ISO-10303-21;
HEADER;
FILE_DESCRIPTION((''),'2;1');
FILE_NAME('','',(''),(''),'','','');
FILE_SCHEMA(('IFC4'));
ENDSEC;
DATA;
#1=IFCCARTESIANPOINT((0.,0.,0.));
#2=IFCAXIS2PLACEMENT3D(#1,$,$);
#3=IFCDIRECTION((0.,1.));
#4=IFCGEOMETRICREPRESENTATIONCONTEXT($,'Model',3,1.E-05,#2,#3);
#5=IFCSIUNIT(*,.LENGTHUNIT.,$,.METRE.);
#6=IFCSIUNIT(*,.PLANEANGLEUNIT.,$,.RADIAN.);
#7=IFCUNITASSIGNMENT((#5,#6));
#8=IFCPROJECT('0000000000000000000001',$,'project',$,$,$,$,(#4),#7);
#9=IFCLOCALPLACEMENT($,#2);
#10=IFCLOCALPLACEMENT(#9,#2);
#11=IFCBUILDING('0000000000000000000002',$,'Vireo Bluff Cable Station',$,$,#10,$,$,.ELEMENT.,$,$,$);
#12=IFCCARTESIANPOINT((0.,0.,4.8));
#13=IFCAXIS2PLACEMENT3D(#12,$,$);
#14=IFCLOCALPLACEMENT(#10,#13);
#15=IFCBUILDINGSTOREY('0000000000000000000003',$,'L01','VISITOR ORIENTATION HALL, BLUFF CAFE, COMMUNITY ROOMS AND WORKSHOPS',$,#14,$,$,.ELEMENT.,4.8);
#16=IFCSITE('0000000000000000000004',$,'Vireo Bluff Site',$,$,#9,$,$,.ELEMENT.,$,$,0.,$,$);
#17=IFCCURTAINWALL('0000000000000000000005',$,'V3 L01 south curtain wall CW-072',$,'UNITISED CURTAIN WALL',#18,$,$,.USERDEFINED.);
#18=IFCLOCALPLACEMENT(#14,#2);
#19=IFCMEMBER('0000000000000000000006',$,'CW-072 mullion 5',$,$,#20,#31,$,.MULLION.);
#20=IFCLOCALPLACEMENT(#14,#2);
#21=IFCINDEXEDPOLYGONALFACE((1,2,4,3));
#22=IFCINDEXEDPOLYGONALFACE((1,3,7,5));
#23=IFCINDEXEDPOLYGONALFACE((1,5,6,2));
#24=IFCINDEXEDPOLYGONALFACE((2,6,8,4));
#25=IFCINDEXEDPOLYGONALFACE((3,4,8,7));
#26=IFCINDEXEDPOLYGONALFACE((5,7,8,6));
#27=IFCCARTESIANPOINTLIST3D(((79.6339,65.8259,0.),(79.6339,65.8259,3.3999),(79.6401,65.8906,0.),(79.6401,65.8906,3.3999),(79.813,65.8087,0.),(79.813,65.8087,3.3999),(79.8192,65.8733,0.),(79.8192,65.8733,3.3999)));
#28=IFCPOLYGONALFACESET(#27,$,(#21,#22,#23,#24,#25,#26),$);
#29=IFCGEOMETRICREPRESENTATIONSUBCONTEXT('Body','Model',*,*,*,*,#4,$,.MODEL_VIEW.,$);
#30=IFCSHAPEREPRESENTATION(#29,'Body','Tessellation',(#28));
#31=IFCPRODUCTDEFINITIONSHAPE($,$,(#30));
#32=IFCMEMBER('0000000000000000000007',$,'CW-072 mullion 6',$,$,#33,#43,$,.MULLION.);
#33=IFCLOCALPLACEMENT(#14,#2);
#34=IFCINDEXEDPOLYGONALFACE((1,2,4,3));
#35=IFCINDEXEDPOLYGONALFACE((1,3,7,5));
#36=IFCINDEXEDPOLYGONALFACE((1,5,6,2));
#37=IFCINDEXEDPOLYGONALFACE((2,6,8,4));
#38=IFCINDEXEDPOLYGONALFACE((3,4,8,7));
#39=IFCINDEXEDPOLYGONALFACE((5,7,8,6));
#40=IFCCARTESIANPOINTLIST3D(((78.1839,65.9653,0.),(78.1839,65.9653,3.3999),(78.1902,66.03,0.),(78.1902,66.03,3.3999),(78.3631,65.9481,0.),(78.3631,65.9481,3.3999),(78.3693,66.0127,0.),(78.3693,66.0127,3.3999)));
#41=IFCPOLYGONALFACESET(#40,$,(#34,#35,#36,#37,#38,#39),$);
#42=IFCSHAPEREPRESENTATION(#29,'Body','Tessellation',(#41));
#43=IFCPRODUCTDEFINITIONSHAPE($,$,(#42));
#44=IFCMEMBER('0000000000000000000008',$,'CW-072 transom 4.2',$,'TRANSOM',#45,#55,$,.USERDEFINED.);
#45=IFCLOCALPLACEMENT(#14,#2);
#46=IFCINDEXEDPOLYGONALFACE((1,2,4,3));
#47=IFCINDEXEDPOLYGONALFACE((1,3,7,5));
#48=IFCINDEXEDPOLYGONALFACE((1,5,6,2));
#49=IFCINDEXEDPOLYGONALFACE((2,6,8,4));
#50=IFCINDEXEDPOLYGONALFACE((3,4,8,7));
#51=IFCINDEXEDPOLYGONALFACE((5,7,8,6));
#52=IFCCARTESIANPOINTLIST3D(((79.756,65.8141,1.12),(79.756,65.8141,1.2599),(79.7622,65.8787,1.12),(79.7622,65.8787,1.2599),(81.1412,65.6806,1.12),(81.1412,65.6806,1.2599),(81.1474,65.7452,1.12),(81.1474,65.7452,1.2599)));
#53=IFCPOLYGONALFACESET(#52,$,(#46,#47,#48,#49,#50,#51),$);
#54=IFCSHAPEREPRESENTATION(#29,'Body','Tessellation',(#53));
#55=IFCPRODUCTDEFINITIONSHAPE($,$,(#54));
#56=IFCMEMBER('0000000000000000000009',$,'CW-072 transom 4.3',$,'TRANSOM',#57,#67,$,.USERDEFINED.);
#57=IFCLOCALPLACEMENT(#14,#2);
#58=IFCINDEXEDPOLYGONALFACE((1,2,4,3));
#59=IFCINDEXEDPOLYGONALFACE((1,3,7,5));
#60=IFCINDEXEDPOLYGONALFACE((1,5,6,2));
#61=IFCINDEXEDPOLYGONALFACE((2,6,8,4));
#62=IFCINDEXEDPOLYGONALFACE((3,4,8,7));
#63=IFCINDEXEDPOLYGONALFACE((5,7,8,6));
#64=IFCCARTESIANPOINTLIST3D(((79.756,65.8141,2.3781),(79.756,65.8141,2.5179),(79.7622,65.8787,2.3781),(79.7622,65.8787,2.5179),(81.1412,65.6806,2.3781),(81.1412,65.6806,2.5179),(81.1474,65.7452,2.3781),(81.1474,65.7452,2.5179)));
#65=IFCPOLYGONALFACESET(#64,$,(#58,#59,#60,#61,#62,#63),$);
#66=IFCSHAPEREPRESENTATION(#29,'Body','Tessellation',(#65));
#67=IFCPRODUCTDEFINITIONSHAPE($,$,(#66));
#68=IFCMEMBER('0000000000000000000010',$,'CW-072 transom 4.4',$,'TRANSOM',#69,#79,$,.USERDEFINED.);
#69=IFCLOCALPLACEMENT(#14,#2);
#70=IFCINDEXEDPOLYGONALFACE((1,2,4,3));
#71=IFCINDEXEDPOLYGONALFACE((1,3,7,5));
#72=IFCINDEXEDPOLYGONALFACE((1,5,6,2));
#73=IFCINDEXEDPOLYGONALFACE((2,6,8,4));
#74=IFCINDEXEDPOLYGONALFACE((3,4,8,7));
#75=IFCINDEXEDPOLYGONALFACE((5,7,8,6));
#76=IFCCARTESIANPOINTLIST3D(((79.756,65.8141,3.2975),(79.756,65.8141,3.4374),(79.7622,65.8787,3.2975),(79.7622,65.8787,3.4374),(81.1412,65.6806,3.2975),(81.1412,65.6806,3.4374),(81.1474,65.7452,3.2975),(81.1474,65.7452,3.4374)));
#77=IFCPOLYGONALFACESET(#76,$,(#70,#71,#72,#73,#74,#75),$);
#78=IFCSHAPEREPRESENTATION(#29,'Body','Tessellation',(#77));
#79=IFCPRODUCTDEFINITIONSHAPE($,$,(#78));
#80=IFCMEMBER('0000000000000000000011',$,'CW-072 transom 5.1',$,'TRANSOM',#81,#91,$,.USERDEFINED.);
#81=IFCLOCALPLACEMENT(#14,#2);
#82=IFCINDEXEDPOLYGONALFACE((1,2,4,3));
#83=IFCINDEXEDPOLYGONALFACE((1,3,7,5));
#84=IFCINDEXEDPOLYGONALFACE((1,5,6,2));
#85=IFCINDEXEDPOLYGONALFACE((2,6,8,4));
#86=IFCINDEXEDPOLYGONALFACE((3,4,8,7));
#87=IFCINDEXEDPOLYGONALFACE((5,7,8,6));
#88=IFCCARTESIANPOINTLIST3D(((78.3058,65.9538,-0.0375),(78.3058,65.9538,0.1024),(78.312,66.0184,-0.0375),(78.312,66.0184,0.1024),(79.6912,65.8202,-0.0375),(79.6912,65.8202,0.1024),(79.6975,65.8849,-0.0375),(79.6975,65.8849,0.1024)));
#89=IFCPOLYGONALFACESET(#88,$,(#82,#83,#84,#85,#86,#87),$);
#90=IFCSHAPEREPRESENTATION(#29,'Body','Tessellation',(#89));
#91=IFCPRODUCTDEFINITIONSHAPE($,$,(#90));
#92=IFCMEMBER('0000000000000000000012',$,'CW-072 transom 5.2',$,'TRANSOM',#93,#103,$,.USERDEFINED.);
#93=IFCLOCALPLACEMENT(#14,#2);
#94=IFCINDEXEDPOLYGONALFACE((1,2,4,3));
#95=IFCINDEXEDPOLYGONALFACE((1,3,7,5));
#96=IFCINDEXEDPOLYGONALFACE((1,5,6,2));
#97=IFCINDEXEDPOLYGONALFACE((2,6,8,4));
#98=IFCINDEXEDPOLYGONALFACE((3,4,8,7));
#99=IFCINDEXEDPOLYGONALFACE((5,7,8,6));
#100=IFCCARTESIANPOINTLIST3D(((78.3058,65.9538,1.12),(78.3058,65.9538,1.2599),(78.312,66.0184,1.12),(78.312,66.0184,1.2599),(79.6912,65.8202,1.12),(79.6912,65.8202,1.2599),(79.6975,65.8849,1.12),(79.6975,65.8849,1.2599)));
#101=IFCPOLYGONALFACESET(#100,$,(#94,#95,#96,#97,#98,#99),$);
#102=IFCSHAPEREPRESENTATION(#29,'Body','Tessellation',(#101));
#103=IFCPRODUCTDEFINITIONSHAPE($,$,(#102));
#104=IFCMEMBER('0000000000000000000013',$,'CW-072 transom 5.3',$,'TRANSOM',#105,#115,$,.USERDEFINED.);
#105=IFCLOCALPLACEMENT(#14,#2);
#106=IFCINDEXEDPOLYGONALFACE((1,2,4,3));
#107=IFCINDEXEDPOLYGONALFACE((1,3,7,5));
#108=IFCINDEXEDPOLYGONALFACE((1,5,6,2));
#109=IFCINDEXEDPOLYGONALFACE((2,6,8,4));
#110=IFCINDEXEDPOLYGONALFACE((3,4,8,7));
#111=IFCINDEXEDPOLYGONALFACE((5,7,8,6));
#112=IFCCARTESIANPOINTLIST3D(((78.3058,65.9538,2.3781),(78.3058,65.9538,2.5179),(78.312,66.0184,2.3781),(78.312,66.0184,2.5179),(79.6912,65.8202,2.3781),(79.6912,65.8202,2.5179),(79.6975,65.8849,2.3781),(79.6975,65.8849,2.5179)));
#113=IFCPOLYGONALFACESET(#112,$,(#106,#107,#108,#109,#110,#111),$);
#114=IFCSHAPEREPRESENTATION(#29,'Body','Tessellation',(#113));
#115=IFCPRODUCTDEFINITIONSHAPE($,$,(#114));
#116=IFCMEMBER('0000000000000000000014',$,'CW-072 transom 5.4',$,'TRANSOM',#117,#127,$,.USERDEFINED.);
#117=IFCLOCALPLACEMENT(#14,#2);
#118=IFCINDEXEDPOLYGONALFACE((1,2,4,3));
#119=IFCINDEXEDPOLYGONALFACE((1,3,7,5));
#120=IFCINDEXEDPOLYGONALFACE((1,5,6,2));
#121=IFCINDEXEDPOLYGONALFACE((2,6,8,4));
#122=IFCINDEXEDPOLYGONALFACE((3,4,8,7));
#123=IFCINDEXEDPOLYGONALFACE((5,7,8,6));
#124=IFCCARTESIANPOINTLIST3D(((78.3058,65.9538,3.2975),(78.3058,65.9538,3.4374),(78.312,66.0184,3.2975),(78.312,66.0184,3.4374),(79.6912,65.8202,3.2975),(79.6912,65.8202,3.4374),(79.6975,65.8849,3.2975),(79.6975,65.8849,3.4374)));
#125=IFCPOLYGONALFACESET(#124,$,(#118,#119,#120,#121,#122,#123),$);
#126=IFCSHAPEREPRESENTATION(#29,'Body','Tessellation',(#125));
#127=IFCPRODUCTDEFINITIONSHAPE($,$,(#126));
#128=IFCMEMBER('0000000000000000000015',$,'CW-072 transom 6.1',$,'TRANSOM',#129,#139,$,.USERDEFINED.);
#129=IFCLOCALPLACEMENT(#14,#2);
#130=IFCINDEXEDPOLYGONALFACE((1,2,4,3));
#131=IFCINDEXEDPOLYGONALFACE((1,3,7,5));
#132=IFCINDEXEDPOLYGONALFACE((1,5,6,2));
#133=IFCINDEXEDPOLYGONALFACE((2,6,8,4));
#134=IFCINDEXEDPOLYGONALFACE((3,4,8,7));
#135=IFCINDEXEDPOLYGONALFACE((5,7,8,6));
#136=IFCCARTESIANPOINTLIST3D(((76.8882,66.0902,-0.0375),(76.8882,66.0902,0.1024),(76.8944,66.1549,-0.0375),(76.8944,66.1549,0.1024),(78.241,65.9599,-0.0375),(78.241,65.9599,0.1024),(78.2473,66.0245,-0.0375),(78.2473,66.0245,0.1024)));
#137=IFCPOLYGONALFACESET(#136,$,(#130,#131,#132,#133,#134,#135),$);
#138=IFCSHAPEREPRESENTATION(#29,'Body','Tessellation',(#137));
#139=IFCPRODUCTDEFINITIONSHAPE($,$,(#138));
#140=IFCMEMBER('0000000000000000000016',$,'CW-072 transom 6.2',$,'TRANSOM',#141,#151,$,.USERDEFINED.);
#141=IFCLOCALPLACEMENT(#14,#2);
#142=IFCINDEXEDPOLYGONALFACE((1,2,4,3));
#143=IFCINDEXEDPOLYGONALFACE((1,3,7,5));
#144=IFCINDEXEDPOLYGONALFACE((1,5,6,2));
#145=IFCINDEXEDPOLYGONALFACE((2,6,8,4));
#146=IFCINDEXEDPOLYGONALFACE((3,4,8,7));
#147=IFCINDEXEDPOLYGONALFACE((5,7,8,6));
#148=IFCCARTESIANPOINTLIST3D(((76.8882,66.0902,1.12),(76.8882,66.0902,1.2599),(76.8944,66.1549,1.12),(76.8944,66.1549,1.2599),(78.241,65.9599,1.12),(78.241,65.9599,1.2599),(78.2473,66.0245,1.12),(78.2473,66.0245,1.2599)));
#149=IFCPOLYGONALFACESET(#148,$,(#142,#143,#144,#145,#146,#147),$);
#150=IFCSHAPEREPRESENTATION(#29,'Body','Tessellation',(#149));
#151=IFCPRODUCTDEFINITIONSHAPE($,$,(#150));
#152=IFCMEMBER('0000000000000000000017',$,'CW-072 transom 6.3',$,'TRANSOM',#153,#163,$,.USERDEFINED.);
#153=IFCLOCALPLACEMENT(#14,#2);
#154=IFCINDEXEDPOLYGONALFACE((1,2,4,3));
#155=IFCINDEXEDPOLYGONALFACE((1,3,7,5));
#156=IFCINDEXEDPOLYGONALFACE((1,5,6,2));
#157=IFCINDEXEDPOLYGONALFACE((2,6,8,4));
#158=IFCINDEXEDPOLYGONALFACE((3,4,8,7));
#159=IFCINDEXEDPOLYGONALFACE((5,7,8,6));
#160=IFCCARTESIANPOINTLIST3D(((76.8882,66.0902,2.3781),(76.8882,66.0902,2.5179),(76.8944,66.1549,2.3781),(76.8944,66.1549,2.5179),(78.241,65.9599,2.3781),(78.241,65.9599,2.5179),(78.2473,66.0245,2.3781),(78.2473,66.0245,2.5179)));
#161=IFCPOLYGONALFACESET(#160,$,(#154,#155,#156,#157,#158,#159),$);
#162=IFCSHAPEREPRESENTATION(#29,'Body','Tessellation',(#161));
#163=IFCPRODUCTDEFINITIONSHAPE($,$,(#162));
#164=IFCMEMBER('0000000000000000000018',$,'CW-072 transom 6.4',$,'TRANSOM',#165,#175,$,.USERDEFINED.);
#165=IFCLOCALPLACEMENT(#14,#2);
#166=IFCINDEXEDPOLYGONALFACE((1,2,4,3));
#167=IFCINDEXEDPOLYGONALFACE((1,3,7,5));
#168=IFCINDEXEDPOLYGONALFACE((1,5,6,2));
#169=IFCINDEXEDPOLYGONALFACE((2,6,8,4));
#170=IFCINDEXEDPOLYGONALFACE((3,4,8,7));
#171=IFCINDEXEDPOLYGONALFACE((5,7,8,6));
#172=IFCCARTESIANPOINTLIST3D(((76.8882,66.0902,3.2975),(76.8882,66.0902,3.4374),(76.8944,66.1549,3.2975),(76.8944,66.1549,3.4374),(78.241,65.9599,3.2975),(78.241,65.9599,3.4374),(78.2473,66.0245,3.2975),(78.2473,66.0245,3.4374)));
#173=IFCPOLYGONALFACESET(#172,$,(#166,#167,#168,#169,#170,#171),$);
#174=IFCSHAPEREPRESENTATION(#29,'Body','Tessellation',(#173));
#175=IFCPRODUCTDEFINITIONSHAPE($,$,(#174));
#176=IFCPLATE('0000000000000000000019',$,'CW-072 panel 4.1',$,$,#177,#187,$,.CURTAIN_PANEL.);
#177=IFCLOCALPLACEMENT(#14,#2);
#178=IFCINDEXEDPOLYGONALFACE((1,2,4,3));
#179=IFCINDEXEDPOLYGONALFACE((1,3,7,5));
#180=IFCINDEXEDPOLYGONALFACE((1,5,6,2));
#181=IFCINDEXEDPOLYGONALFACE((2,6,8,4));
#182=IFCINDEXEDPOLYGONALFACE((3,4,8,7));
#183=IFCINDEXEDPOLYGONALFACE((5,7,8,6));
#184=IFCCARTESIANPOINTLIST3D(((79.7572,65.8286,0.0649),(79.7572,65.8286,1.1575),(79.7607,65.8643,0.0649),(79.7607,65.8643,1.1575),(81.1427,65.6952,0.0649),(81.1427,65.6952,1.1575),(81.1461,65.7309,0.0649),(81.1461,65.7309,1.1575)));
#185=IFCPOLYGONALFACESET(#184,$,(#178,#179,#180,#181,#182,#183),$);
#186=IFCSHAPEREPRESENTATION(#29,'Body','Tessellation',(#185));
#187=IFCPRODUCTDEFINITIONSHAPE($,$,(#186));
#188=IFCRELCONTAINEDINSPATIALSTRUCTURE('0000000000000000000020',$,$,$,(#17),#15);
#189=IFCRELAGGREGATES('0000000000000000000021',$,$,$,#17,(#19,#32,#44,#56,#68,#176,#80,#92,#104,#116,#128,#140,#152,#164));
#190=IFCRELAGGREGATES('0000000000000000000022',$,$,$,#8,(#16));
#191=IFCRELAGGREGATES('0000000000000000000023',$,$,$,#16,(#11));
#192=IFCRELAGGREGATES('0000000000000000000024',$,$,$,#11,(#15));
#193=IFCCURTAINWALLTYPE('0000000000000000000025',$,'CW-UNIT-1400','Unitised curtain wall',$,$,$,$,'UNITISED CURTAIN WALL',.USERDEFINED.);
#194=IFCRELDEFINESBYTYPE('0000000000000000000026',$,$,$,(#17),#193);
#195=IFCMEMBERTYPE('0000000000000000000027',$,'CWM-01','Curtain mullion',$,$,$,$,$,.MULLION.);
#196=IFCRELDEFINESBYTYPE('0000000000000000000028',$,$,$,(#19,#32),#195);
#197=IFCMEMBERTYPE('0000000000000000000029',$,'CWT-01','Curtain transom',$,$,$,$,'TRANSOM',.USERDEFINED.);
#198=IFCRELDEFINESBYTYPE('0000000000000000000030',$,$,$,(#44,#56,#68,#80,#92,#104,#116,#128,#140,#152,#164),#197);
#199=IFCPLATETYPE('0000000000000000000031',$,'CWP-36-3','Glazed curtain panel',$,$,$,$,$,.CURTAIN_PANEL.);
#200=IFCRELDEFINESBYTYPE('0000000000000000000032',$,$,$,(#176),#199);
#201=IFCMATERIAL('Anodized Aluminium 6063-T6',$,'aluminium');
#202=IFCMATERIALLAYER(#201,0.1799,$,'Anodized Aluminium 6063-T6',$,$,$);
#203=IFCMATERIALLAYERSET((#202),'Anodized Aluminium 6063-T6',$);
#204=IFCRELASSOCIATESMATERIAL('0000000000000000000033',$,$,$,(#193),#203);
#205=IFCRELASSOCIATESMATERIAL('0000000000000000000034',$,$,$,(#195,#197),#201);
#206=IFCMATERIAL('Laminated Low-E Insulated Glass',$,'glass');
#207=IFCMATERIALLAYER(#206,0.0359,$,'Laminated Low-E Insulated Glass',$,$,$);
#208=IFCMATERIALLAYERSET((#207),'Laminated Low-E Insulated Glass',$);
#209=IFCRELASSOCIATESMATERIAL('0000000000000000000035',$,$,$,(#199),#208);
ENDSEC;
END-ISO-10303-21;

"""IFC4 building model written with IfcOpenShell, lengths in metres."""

from ifc_helpers import new_model, si_unit, direction, frame, origin, origin_2d, place, context, subcontext, project, spatial, rectangle, extrude, material, layer, layer_set, material_profile, profile_set, type_object, element, aggregate, save


model = new_model("IFC4")

# Units and contexts
model_context = context("Model", 3, precision=1e-05, world=origin(), true_north=direction((0.0, 1.0)))
body_context = subcontext(model_context, "Body", "Model", "MODEL_VIEW")
ifc_project = project(units=[si_unit("LENGTHUNIT", "METRE"), si_unit("PLANEANGLEUNIT", "RADIAN")], contexts=[model_context])

# Site, building, storey
site_placement = place(None, origin())
site = spatial("IfcSite", under=ifc_project, at=site_placement, Name="Vireo Bluff Site", CompositionType="ELEMENT", RefElevation=0.0)
building_placement = place(site_placement, origin())
building = spatial("IfcBuilding", under=site, at=building_placement, Name="Vireo Bluff Cable Station", CompositionType="ELEMENT")
storey_placement = place(building_placement, frame((0.0, 0.0, 4.8)))
storey = spatial("IfcBuildingStorey", under=building, at=storey_placement, Name="L01", Description="VISITOR ORIENTATION HALL, BLUFF CAFE, COMMUNITY ROOMS AND WORKSHOPS", CompositionType="ELEMENT", Elevation=4.8)

# Curtain wall, members, plate
ifc_material_1 = material(Name="Anodized Aluminium 6063-T6", Category="aluminium")
ifc_layer_1 = layer(ifc_material_1, 0.1799, Name="Anodized Aluminium 6063-T6")
ifc_layer_set_1 = layer_set([ifc_layer_1], Name="Anodized Aluminium 6063-T6")
curtain_wall_type = type_object("IfcCurtainWallType", Name="CW-UNIT-1400", Description="Unitised curtain wall", ElementType="UNITISED CURTAIN WALL", PredefinedType="USERDEFINED", material=ifc_layer_set_1)
curtain_wall_placement = place(storey_placement, origin())
curtain_wall = element("IfcCurtainWall", 1, at=curtain_wall_placement, inside=storey, type_object=curtain_wall_type, Name="V3 L01 south curtain wall CW-072", ObjectType="UNITISED CURTAIN WALL", PredefinedType="USERDEFINED")
ifc_material_profile_1 = material_profile(ifc_material_1, rectangle(XDim=0.0649, YDim=0.1799, at=origin_2d()), Name="ALU-M-65X180")
ifc_profile_set_1 = profile_set([ifc_material_profile_1], Name="Anodized Aluminium 6063-T6")
member_type_1 = type_object("IfcMemberType", Name="CWM-01", Description="Curtain mullion", PredefinedType="MULLION", material=ifc_profile_set_1)
member_1_placement = place(storey_placement, frame((79.7266, 65.8496, 0.0), z_axis=(0.0, 0.0, 1.0), x_axis=(-0.095846, -0.995396, 0.0)))
member_1 = element("IfcMember", 2, at=member_1_placement, type_object=member_type_1, Name="CW-072 mullion 5", PredefinedType="MULLION", context=body_context, shape_type="SweptSolid", body=[
    extrude(rectangle(XDim=0.0649, YDim=0.1799, at=origin_2d()), origin(), (0.0, 0.0, 1.0), 3.3999),
])
member_2_placement = place(storey_placement, frame((78.2766, 65.989, 0.0), z_axis=(0.0, 0.0, 1.0), x_axis=(-0.095846, -0.995396, 0.0)))
member_2 = element("IfcMember", 3, at=member_2_placement, type_object=member_type_1, Name="CW-072 mullion 6", PredefinedType="MULLION", context=body_context, shape_type="SweptSolid", body=[
    extrude(rectangle(XDim=0.0649, YDim=0.1799, at=origin_2d()), origin(), (0.0, 0.0, 1.0), 3.3999),
])
ifc_material_profile_2 = material_profile(ifc_material_1, rectangle(XDim=0.0649, YDim=0.1399, at=origin_2d()), Name="ALU-T-65X140")
ifc_profile_set_2 = profile_set([ifc_material_profile_2], Name="Anodized Aluminium 6063-T6")
member_type_2 = type_object("IfcMemberType", Name="CWT-01", Description="Curtain transom", ElementType="TRANSOM", PredefinedType="USERDEFINED", material=ifc_profile_set_2)
member_3_placement = place(storey_placement, frame((81.1443, 65.7129, 1.1899), z_axis=(-0.995385, 0.09596, 0.0), x_axis=(-0.09596, -0.995385, 0.0)))
member_3 = element("IfcMember", 4, at=member_3_placement, type_object=member_type_2, Name="CW-072 transom 4.2", ObjectType="TRANSOM", PredefinedType="USERDEFINED", context=body_context, shape_type="SweptSolid", body=[
    extrude(rectangle(XDim=0.0649, YDim=0.1399, at=origin_2d()), origin(), (0.0, 0.0, 1.0), 1.3916),
])
member_4_placement = place(storey_placement, frame((81.1443, 65.7129, 2.448), z_axis=(-0.995385, 0.09596, 0.0), x_axis=(-0.09596, -0.995385, 0.0)))
member_4 = element("IfcMember", 5, at=member_4_placement, type_object=member_type_2, Name="CW-072 transom 4.3", ObjectType="TRANSOM", PredefinedType="USERDEFINED", context=body_context, shape_type="SweptSolid", body=[
    extrude(rectangle(XDim=0.0649, YDim=0.1399, at=origin_2d()), origin(), (0.0, 0.0, 1.0), 1.3916),
])
member_5_placement = place(storey_placement, frame((81.1443, 65.7129, 3.3674), z_axis=(-0.995385, 0.09596, 0.0), x_axis=(-0.09596, -0.995385, 0.0)))
member_5 = element("IfcMember", 6, at=member_5_placement, type_object=member_type_2, Name="CW-072 transom 4.4", ObjectType="TRANSOM", PredefinedType="USERDEFINED", context=body_context, shape_type="SweptSolid", body=[
    extrude(rectangle(XDim=0.0649, YDim=0.1399, at=origin_2d()), origin(), (0.0, 0.0, 1.0), 1.3916),
])
member_6_placement = place(storey_placement, frame((79.6943, 65.8525, 0.0325), z_axis=(-0.995387, 0.095943, 0.0), x_axis=(-0.095943, -0.995387, 0.0)))
member_6 = element("IfcMember", 7, at=member_6_placement, type_object=member_type_2, Name="CW-072 transom 5.1", ObjectType="TRANSOM", PredefinedType="USERDEFINED", context=body_context, shape_type="SweptSolid", body=[
    extrude(rectangle(XDim=0.0649, YDim=0.1399, at=origin_2d()), origin(), (0.0, 0.0, 1.0), 1.3918),
])
member_7_placement = place(storey_placement, frame((79.6943, 65.8525, 1.1899), z_axis=(-0.995387, 0.095943, 0.0), x_axis=(-0.095943, -0.995387, 0.0)))
member_7 = element("IfcMember", 8, at=member_7_placement, type_object=member_type_2, Name="CW-072 transom 5.2", ObjectType="TRANSOM", PredefinedType="USERDEFINED", context=body_context, shape_type="SweptSolid", body=[
    extrude(rectangle(XDim=0.0649, YDim=0.1399, at=origin_2d()), origin(), (0.0, 0.0, 1.0), 1.3918),
])
member_8_placement = place(storey_placement, frame((79.6943, 65.8525, 2.448), z_axis=(-0.995387, 0.095943, 0.0), x_axis=(-0.095943, -0.995387, 0.0)))
member_8 = element("IfcMember", 9, at=member_8_placement, type_object=member_type_2, Name="CW-072 transom 5.3", ObjectType="TRANSOM", PredefinedType="USERDEFINED", context=body_context, shape_type="SweptSolid", body=[
    extrude(rectangle(XDim=0.0649, YDim=0.1399, at=origin_2d()), origin(), (0.0, 0.0, 1.0), 1.3918),
])
member_9_placement = place(storey_placement, frame((79.6943, 65.8525, 3.3674), z_axis=(-0.995387, 0.095943, 0.0), x_axis=(-0.095943, -0.995387, 0.0)))
member_9 = element("IfcMember", 10, at=member_9_placement, type_object=member_type_2, Name="CW-072 transom 5.4", ObjectType="TRANSOM", PredefinedType="USERDEFINED", context=body_context, shape_type="SweptSolid", body=[
    extrude(rectangle(XDim=0.0649, YDim=0.1399, at=origin_2d()), origin(), (0.0, 0.0, 1.0), 1.3918),
])
member_10_placement = place(storey_placement, frame((78.2441, 65.9922, 0.0325), z_axis=(-0.995388, 0.095928, 0.0), x_axis=(-0.095928, -0.995388, 0.0)))
member_10 = element("IfcMember", 11, at=member_10_placement, type_object=member_type_2, Name="CW-072 transom 6.1", ObjectType="TRANSOM", PredefinedType="USERDEFINED", context=body_context, shape_type="SweptSolid", body=[
    extrude(rectangle(XDim=0.0649, YDim=0.1399, at=origin_2d()), origin(), (0.0, 0.0, 1.0), 1.3591),
])
member_11_placement = place(storey_placement, frame((78.2441, 65.9922, 1.1899), z_axis=(-0.995388, 0.095928, 0.0), x_axis=(-0.095928, -0.995388, 0.0)))
member_11 = element("IfcMember", 12, at=member_11_placement, type_object=member_type_2, Name="CW-072 transom 6.2", ObjectType="TRANSOM", PredefinedType="USERDEFINED", context=body_context, shape_type="SweptSolid", body=[
    extrude(rectangle(XDim=0.0649, YDim=0.1399, at=origin_2d()), origin(), (0.0, 0.0, 1.0), 1.3591),
])
member_12_placement = place(storey_placement, frame((78.2441, 65.9922, 2.448), z_axis=(-0.995388, 0.095928, 0.0), x_axis=(-0.095928, -0.995388, 0.0)))
member_12 = element("IfcMember", 13, at=member_12_placement, type_object=member_type_2, Name="CW-072 transom 6.3", ObjectType="TRANSOM", PredefinedType="USERDEFINED", context=body_context, shape_type="SweptSolid", body=[
    extrude(rectangle(XDim=0.0649, YDim=0.1399, at=origin_2d()), origin(), (0.0, 0.0, 1.0), 1.3591),
])
member_13_placement = place(storey_placement, frame((78.2441, 65.9922, 3.3674), z_axis=(-0.995388, 0.095928, 0.0), x_axis=(-0.095928, -0.995388, 0.0)))
member_13 = element("IfcMember", 14, at=member_13_placement, type_object=member_type_2, Name="CW-072 transom 6.4", ObjectType="TRANSOM", PredefinedType="USERDEFINED", context=body_context, shape_type="SweptSolid", body=[
    extrude(rectangle(XDim=0.0649, YDim=0.1399, at=origin_2d()), origin(), (0.0, 0.0, 1.0), 1.3591),
])
ifc_material_2 = material(Name="Laminated Low-E Insulated Glass", Category="glass")
ifc_layer_2 = layer(ifc_material_2, 0.0359, Name="Laminated Low-E Insulated Glass")
ifc_layer_set_2 = layer_set([ifc_layer_2], Name="Laminated Low-E Insulated Glass")
plate_type = type_object("IfcPlateType", Name="CWP-36-3", Description="Glazed curtain panel", PredefinedType="CURTAIN_PANEL", material=ifc_layer_set_2)
plate_1_placement = place(storey_placement, frame((80.4517, 65.7798, 0.0649), z_axis=(0.0, 0.0, 1.0), x_axis=(-0.995396, 0.095846, 0.0)))
plate_1 = element("IfcPlate", 15, at=plate_1_placement, type_object=plate_type, Name="CW-072 panel 4.1", PredefinedType="CURTAIN_PANEL", context=body_context, shape_type="SweptSolid", body=[
    extrude(rectangle(XDim=1.3918, YDim=0.0359, at=origin_2d()), origin(), (0.0, 0.0, 1.0), 1.0925),
])
aggregate(curtain_wall, [member_1, member_2, member_3, member_4, member_5, plate_1, member_6, member_7, member_8, member_9, member_10, member_11, member_12, member_13])

save(model, "model.ifc")
